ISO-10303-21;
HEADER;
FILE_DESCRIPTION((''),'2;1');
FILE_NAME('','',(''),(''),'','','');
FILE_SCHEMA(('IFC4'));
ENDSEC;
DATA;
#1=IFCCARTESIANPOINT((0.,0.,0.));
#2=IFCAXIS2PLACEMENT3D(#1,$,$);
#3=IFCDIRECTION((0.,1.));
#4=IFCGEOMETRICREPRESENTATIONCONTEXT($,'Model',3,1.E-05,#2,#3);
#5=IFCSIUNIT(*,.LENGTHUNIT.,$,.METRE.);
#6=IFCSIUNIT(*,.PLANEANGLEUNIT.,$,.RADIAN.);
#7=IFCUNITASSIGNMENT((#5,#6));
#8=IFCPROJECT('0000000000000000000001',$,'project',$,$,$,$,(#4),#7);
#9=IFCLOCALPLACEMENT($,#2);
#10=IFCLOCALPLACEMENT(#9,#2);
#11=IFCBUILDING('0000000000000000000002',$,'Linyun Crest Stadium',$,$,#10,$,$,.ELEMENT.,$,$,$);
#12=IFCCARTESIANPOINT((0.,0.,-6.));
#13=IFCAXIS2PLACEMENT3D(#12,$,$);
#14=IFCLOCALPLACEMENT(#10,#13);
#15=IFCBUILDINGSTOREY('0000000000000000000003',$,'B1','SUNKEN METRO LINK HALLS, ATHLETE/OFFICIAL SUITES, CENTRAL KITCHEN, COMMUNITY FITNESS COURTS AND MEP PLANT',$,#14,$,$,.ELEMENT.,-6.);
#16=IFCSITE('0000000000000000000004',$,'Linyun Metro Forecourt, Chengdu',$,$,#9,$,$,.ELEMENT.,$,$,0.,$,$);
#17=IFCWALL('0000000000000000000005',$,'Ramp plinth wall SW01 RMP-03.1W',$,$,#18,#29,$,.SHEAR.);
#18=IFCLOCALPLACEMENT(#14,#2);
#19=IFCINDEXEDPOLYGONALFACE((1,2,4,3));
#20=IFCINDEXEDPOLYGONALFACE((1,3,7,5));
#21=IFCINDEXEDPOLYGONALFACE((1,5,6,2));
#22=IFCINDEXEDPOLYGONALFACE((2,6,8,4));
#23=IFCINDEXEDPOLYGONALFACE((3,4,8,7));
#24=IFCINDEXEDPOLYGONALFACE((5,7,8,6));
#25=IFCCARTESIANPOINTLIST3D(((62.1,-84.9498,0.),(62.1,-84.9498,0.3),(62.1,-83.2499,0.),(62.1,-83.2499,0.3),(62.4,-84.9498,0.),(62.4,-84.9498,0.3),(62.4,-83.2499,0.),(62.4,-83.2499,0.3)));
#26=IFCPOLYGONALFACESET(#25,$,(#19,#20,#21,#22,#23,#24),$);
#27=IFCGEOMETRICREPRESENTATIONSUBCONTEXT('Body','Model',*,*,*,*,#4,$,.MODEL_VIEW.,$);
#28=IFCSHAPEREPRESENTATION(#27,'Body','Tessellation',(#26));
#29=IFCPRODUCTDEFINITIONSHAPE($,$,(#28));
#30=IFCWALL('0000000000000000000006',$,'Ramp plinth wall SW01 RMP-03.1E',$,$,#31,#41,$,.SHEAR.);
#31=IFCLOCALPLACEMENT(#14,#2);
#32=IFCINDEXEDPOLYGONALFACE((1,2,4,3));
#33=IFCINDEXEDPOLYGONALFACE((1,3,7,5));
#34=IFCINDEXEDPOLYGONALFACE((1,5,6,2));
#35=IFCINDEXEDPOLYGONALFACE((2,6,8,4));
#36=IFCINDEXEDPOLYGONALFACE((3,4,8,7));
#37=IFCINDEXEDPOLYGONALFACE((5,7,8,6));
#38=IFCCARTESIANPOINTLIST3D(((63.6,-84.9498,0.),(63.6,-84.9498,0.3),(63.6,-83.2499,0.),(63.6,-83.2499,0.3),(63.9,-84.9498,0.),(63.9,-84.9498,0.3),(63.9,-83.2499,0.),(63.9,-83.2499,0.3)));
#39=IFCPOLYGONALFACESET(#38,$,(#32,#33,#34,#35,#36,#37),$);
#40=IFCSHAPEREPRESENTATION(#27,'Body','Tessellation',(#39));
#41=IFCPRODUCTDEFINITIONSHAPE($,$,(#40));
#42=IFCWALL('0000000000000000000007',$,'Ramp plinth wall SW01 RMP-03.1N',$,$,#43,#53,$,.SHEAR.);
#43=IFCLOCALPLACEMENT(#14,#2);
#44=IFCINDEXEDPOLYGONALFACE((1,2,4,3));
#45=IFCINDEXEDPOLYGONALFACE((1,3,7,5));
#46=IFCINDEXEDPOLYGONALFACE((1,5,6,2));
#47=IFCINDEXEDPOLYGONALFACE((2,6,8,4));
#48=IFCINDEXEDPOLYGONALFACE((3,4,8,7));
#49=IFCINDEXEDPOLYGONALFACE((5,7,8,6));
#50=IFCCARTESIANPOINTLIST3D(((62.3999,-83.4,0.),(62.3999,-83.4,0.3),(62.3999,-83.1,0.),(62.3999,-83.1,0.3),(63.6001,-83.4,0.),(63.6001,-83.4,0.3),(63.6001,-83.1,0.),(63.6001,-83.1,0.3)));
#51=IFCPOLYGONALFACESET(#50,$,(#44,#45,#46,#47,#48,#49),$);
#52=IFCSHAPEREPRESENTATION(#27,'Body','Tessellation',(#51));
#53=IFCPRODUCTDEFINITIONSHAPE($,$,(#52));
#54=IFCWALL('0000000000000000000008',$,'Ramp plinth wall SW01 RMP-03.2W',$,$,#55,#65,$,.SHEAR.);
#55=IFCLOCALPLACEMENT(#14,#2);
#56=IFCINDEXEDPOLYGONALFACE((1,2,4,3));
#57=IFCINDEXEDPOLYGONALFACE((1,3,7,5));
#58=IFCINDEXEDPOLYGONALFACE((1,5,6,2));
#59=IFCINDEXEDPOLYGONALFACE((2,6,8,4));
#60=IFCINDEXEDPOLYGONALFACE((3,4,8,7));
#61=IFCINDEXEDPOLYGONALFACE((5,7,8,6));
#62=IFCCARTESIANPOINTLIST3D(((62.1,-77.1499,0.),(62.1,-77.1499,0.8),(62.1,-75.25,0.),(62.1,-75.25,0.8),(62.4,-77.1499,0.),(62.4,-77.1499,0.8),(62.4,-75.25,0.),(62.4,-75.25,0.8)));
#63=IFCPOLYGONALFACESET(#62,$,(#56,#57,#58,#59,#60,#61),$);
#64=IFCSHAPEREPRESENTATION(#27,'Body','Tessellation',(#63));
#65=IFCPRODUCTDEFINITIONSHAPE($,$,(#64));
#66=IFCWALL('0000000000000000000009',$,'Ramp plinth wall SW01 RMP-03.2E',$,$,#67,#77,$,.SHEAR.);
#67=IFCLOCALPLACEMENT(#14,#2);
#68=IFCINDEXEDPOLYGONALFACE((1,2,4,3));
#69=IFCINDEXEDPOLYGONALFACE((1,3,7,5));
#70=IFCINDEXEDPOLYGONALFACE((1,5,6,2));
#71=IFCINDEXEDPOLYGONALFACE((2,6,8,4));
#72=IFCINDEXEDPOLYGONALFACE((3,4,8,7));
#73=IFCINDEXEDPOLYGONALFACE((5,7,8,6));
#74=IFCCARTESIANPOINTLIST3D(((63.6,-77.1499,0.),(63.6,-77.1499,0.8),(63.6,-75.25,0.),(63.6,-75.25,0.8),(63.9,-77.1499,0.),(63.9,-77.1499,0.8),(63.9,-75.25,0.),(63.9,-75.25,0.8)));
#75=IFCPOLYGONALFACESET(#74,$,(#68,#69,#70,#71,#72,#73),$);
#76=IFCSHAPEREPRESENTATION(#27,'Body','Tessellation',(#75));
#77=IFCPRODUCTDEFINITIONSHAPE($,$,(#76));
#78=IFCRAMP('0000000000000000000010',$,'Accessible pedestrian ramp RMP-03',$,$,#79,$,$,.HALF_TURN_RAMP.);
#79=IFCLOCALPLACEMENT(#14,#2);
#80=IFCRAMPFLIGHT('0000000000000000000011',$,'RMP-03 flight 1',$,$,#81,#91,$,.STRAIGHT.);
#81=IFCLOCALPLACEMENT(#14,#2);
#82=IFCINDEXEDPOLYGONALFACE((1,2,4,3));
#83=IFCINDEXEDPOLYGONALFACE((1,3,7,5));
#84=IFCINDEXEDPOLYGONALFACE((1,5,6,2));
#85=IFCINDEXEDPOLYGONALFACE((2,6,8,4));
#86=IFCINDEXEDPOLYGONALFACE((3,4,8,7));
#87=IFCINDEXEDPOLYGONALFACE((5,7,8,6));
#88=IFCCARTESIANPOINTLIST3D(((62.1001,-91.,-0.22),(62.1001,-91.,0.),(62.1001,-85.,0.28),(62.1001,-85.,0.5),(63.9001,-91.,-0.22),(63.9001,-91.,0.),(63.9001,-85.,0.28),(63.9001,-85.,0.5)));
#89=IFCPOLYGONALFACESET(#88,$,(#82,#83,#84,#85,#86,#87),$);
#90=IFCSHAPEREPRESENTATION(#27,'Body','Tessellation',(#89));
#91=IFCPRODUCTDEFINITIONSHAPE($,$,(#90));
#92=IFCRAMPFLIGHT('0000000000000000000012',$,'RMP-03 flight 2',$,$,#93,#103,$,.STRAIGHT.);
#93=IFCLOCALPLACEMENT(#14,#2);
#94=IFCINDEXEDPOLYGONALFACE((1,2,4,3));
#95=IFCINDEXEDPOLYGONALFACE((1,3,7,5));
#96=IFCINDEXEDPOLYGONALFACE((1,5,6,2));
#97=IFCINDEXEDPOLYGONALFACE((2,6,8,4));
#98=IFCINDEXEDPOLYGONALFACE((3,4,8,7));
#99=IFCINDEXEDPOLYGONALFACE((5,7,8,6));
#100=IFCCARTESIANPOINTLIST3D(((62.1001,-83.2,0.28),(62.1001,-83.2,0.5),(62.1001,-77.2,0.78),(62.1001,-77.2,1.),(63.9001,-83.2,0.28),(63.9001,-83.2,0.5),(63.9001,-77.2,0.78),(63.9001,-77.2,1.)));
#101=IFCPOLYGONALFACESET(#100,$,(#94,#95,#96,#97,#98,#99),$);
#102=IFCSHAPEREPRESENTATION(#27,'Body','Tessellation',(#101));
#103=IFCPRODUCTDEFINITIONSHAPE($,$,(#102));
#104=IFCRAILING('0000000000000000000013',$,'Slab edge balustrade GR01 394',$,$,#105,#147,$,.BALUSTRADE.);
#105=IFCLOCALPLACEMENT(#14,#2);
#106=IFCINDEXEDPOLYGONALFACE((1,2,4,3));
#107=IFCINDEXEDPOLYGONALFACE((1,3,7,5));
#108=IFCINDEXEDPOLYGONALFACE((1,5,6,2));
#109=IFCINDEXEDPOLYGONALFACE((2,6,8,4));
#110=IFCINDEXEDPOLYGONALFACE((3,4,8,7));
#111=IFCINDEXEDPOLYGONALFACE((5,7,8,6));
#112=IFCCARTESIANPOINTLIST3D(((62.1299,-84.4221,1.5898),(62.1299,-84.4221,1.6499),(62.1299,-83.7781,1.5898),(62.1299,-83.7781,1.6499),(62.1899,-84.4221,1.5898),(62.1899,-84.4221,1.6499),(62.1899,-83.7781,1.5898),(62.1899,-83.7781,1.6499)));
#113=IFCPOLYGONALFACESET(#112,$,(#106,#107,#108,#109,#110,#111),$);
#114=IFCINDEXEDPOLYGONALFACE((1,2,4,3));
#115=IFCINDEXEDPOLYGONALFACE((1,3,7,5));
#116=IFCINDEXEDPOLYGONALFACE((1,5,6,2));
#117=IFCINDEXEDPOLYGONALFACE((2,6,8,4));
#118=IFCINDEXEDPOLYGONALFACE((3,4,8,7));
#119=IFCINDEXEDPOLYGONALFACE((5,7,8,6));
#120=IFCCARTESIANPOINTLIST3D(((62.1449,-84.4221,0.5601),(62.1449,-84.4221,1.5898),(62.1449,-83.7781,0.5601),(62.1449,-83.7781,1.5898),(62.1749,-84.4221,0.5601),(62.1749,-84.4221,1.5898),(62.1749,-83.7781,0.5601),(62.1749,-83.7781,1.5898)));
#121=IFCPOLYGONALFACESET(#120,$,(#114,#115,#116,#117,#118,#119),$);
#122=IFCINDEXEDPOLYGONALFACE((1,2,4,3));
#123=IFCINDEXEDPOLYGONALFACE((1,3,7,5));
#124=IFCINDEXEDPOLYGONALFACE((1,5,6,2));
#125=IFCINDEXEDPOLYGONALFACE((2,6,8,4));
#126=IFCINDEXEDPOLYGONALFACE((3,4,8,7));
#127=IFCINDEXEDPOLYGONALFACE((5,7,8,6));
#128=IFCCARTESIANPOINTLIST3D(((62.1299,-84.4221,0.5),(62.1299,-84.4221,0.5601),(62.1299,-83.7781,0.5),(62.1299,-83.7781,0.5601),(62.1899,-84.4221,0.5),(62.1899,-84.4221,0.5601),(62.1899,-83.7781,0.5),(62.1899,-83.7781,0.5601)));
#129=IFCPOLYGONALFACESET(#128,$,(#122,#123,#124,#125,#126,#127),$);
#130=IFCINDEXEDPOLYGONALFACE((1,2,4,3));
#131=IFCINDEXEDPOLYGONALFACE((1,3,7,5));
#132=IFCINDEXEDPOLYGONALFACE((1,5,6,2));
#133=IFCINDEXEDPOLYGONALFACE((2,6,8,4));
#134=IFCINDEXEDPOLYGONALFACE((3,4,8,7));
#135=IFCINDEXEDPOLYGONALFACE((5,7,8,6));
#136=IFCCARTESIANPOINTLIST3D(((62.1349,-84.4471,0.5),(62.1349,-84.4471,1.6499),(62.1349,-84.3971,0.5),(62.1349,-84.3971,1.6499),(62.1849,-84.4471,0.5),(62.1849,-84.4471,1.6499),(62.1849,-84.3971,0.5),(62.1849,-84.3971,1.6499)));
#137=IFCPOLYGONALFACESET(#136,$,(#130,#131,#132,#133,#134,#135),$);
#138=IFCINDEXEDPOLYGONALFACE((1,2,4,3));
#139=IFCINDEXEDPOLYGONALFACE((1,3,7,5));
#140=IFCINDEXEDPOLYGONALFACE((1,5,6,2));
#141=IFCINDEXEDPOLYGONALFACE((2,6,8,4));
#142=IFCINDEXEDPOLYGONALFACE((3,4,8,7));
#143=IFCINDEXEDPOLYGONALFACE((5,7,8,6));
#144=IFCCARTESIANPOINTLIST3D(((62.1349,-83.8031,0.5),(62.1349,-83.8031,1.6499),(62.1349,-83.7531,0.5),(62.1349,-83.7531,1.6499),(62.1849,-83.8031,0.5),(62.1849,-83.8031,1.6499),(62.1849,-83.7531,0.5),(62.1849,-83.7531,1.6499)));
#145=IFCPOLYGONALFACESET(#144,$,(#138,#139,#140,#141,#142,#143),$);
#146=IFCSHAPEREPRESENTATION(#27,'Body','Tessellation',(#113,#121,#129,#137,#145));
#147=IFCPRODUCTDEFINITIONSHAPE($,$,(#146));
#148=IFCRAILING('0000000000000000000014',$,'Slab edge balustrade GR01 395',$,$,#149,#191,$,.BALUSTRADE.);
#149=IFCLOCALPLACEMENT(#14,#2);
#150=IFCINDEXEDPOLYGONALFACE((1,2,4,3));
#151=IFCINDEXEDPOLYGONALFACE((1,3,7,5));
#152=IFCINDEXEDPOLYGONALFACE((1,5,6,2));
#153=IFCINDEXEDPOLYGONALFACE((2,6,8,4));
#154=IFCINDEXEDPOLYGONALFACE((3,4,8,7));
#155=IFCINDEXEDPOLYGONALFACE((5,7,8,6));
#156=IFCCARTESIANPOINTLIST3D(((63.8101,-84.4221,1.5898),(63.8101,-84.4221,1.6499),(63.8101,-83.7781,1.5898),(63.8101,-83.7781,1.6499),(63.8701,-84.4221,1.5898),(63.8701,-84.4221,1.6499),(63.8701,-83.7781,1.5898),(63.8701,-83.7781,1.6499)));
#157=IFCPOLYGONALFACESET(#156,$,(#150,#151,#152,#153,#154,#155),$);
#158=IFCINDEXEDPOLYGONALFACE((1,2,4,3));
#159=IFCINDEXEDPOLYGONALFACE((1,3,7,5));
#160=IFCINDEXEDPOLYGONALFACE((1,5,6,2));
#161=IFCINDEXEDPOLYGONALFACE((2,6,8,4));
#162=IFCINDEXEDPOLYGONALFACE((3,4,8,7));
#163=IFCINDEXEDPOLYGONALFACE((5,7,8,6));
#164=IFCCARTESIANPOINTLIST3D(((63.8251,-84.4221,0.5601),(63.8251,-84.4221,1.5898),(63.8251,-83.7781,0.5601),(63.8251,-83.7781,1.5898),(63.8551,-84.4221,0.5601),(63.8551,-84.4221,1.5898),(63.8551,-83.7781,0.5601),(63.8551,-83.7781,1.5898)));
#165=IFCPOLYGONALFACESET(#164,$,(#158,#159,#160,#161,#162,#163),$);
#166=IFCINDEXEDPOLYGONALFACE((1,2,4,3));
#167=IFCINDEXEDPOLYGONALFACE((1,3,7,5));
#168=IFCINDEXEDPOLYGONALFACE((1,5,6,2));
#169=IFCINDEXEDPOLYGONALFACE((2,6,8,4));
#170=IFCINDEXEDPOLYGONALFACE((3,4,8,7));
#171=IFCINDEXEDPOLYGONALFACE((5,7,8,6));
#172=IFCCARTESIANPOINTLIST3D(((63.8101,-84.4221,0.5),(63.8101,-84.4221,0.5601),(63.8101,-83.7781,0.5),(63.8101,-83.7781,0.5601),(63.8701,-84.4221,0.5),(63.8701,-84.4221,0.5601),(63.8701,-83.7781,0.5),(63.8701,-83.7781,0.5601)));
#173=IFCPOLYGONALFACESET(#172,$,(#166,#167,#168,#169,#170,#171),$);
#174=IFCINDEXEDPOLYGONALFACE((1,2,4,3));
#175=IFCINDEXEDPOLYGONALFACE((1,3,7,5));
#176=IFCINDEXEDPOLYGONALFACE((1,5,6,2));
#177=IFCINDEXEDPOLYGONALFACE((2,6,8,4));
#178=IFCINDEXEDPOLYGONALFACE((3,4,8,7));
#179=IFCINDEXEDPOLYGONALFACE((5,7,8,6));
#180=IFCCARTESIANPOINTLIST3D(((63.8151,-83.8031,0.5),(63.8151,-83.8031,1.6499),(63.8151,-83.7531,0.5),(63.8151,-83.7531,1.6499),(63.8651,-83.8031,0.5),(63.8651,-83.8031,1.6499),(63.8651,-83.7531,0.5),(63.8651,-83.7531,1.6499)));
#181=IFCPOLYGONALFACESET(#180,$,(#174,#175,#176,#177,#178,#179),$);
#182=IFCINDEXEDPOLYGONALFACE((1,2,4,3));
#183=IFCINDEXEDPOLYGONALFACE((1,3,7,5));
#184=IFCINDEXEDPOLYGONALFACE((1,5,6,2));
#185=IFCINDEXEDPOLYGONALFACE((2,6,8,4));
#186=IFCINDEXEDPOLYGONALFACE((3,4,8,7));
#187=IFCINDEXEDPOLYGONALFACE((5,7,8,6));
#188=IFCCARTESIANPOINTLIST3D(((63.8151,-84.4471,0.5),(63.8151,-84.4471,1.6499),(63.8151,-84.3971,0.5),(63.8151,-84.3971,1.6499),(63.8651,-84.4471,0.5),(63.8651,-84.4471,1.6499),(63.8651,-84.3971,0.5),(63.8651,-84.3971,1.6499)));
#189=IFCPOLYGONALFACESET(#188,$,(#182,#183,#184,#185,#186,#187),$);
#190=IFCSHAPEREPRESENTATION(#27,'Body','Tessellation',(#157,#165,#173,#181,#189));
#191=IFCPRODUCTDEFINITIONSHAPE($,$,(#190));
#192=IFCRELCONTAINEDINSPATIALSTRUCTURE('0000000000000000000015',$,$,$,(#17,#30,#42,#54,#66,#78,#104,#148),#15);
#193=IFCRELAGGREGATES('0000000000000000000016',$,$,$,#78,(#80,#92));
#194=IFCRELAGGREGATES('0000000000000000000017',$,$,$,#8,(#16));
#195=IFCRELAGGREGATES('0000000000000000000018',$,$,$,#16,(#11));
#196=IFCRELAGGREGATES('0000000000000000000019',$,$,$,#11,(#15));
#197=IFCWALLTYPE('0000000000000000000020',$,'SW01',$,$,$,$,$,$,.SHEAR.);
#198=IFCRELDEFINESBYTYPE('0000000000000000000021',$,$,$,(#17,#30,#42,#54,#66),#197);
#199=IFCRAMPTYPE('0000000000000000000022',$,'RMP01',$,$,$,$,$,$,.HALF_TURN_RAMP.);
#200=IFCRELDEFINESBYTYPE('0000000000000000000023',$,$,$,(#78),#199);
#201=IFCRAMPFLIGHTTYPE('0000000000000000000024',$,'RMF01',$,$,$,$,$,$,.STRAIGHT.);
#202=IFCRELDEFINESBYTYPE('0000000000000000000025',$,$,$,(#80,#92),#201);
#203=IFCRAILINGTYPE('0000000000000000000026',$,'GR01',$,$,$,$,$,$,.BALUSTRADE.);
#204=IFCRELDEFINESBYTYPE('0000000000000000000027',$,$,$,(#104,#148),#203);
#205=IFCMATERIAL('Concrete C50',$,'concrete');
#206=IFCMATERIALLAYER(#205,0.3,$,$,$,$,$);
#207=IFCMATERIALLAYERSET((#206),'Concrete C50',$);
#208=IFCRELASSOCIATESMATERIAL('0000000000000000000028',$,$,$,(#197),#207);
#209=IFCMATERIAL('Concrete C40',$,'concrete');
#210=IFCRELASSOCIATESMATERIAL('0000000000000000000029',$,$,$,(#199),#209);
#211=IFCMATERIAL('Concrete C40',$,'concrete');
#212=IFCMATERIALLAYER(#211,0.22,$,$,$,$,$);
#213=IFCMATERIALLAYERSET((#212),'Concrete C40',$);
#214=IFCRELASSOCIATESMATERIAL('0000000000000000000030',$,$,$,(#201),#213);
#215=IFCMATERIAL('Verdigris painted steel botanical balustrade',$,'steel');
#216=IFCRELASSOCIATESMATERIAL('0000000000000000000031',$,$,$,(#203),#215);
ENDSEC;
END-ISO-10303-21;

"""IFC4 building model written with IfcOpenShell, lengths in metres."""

from ifc_helpers import new_model, si_unit, direction, frame, frame_2d, origin, origin_2d, place, context, subcontext, project, spatial, polyline, rectangle, outline, extrude, material, layer, layer_set, type_object, element, aggregate, save


model = new_model("IFC4")

# Units and contexts
model_context = context("Model", 3, precision=1e-05, world=origin(), true_north=direction((0.0, 1.0)))
body_context = subcontext(model_context, "Body", "Model", "MODEL_VIEW")
ifc_project = project(units=[si_unit("LENGTHUNIT", "METRE"), si_unit("PLANEANGLEUNIT", "RADIAN")], contexts=[model_context])

# Site, building, storey
site_placement = place(None, origin())
site = spatial("IfcSite", under=ifc_project, at=site_placement, Name="Linyun Metro Forecourt, Chengdu", CompositionType="ELEMENT", RefElevation=0.0)
building_placement = place(site_placement, origin())
building = spatial("IfcBuilding", under=site, at=building_placement, Name="Linyun Crest Stadium", CompositionType="ELEMENT")
storey_placement = place(building_placement, frame((0.0, 0.0, -6.0)))
storey = spatial("IfcBuildingStorey", under=building, at=storey_placement, Name="B1", Description="SUNKEN METRO LINK HALLS, ATHLETE/OFFICIAL SUITES, CENTRAL KITCHEN, COMMUNITY FITNESS COURTS AND MEP PLANT", CompositionType="ELEMENT", Elevation=-6.0)

# Walls
ifc_material_1 = material(Name="Concrete C50", Category="concrete")
ifc_layer_1 = layer(ifc_material_1, 0.3)
ifc_layer_set_1 = layer_set([ifc_layer_1], Name="Concrete C50")
wall_type_1 = type_object("IfcWallType", Name="SW01", PredefinedType="SHEAR", material=ifc_layer_set_1)
for number, where, z_axis, x_axis, name in (
    (1, (62.25, -84.95, 0.0), (0.0, 0.0, 1.0), (0.0, 1.0, 0.0), "Ramp plinth wall SW01 RMP-03.1W"),
    (2, (63.75, -84.95, 0.0), (0.0, 0.0, 1.0), (0.0, 1.0, 0.0), "Ramp plinth wall SW01 RMP-03.1E"),
):
    element("IfcWall", number, at=place(storey_placement, frame(where, z_axis=z_axis, x_axis=x_axis)), inside=storey, type_object=wall_type_1, Name=name, PredefinedType="SHEAR", context=body_context, shape_type="SweptSolid", body=[
        extrude(rectangle(XDim=1.7, YDim=0.3, at=frame_2d((0.8501, 0.0))), origin(), (0.0, 0.0, 1.0), 0.3),
    ])
wall_1_placement = place(storey_placement, frame((62.3999, -83.25, 0.0), z_axis=(0.0, 0.0, 1.0), x_axis=(1.0, 0.0, 0.0)))
element("IfcWall", 3, at=wall_1_placement, inside=storey, type_object=wall_type_1, Name="Ramp plinth wall SW01 RMP-03.1N", PredefinedType="SHEAR", context=body_context, shape_type="SweptSolid", body=[
    extrude(rectangle(XDim=1.2002, YDim=0.3, at=frame_2d((0.6001, 0.0))), origin(), (0.0, 0.0, 1.0), 0.3),
])
for number, where, z_axis, x_axis, name in (
    (4, (62.25, -77.1499, 0.0), (0.0, 0.0, 1.0), (0.0, 1.0, 0.0), "Ramp plinth wall SW01 RMP-03.2W"),
    (5, (63.75, -77.1499, 0.0), (0.0, 0.0, 1.0), (0.0, 1.0, 0.0), "Ramp plinth wall SW01 RMP-03.2E"),
):
    element("IfcWall", number, at=place(storey_placement, frame(where, z_axis=z_axis, x_axis=x_axis)), inside=storey, type_object=wall_type_1, Name=name, PredefinedType="SHEAR", context=body_context, shape_type="SweptSolid", body=[
        extrude(rectangle(XDim=1.8999, YDim=0.3, at=frame_2d((0.95, 0.0))), origin(), (0.0, 0.0, 1.0), 0.8),
    ])

# Ramp, ramp flights
ifc_material_2 = material(Name="Concrete C40", Category="concrete")
ramp_type = type_object("IfcRampType", Name="RMP01", PredefinedType="HALF_TURN_RAMP", material=ifc_material_2)
ramp_placement = place(storey_placement, origin())
ramp = element("IfcRamp", 6, at=ramp_placement, inside=storey, type_object=ramp_type, Name="Accessible pedestrian ramp RMP-03", PredefinedType="HALF_TURN_RAMP")
ifc_material_3 = material(Name="Concrete C40", Category="concrete")
ifc_layer_2 = layer(ifc_material_3, 0.22)
ifc_layer_set_2 = layer_set([ifc_layer_2], Name="Concrete C40")
ramp_flight_type = type_object("IfcRampFlightType", Name="RMF01", PredefinedType="STRAIGHT", material=ifc_layer_set_2)
ramp_flight_1_placement = place(storey_placement, frame((63.0, -91.0, 0.0), z_axis=(0.0, 0.0, 1.0), x_axis=(0.0, 1.0, 0.0)))
ramp_flight_1 = element("IfcRampFlight", 7, at=ramp_flight_1_placement, type_object=ramp_flight_type, Name="RMP-03 flight 1", PredefinedType="STRAIGHT", context=body_context, shape_type="SweptSolid", body=[
    extrude(outline(polyline([(0.0, 0.0), (6.0, 0.5), (6.0, 0.28), (0.0, -0.22), (0.0, 0.0)])), frame((0.0, 0.8999, 0.0), z_axis=(0.0, -1.0, 0.0), x_axis=(1.0, 0.0, 0.0)), (0.0, 0.0, 1.0), 1.8),
])
ramp_flight_2_placement = place(storey_placement, frame((63.0, -83.2, 0.5), z_axis=(0.0, 0.0, 1.0), x_axis=(0.0, 1.0, 0.0)))
ramp_flight_2 = element("IfcRampFlight", 8, at=ramp_flight_2_placement, type_object=ramp_flight_type, Name="RMP-03 flight 2", PredefinedType="STRAIGHT", context=body_context, shape_type="SweptSolid", body=[
    extrude(outline(polyline([(0.0, 0.0), (6.0, 0.5), (6.0, 0.28), (0.0, -0.22), (0.0, 0.0)])), frame((0.0, 0.8999, 0.0), z_axis=(0.0, -1.0, 0.0), x_axis=(1.0, 0.0, 0.0)), (0.0, 0.0, 1.0), 1.8),
])
aggregate(ramp, [ramp_flight_1, ramp_flight_2])

# Railings
ifc_material_4 = material(Name="Verdigris painted steel botanical balustrade", Category="steel")
railing_type_1 = type_object("IfcRailingType", Name="GR01", PredefinedType="BALUSTRADE", material=ifc_material_4)
railing_1_placement = place(storey_placement, frame((62.1599, -84.4221, 0.5)))
element("IfcRailing", 9, at=railing_1_placement, inside=storey, type_object=railing_type_1, Name="Slab edge balustrade GR01 394", PredefinedType="BALUSTRADE", context=body_context, shape_type="SweptSolid", body=[
    extrude(rectangle(XDim=0.0601, YDim=0.0601, at=origin_2d()), frame((0.0, 0.0, 1.1199), z_axis=(0.0, 1.0, 0.0), x_axis=(-1.0, 0.0, 0.0)), (0.0, 0.0, 1.0), 0.644),
    extrude(rectangle(XDim=0.03, YDim=1.0298, at=origin_2d()), frame((0.0, 0.0, 0.575), z_axis=(0.0, 1.0, 0.0), x_axis=(-1.0, 0.0, 0.0)), (0.0, 0.0, 1.0), 0.644),
    extrude(rectangle(XDim=0.0601, YDim=0.0601, at=origin_2d()), frame((0.0, 0.0, 0.03), z_axis=(0.0, 1.0, 0.0), x_axis=(-1.0, 0.0, 0.0)), (0.0, 0.0, 1.0), 0.644),
    extrude(rectangle(XDim=0.05, YDim=0.05, at=origin_2d()), origin(), (0.0, 0.0, 1.0), 1.1499),
    extrude(rectangle(XDim=0.05, YDim=0.05, at=origin_2d()), frame((0.0, 0.644, 0.0)), (0.0, 0.0, 1.0), 1.1499),
])
railing_2_placement = place(storey_placement, frame((63.8401, -83.7781, 0.5)))
element("IfcRailing", 10, at=railing_2_placement, inside=storey, type_object=railing_type_1, Name="Slab edge balustrade GR01 395", PredefinedType="BALUSTRADE", context=body_context, shape_type="SweptSolid", body=[
    extrude(rectangle(XDim=0.0601, YDim=0.0601, at=origin_2d()), frame((0.0, 0.0, 1.1199), z_axis=(0.0, -1.0, 0.0), x_axis=(1.0, 0.0, 0.0)), (0.0, 0.0, 1.0), 0.644),
    extrude(rectangle(XDim=0.03, YDim=1.0298, at=origin_2d()), frame((0.0, 0.0, 0.575), z_axis=(0.0, -1.0, 0.0), x_axis=(1.0, 0.0, 0.0)), (0.0, 0.0, 1.0), 0.644),
    extrude(rectangle(XDim=0.0601, YDim=0.0601, at=origin_2d()), frame((0.0, 0.0, 0.03), z_axis=(0.0, -1.0, 0.0), x_axis=(1.0, 0.0, 0.0)), (0.0, 0.0, 1.0), 0.644),
    extrude(rectangle(XDim=0.05, YDim=0.05, at=origin_2d()), origin(), (0.0, 0.0, 1.0), 1.1499),
    extrude(rectangle(XDim=0.05, YDim=0.05, at=origin_2d()), frame((0.0, -0.644, 0.0)), (0.0, 0.0, 1.0), 1.1499),
])

save(model, "model.ifc")
